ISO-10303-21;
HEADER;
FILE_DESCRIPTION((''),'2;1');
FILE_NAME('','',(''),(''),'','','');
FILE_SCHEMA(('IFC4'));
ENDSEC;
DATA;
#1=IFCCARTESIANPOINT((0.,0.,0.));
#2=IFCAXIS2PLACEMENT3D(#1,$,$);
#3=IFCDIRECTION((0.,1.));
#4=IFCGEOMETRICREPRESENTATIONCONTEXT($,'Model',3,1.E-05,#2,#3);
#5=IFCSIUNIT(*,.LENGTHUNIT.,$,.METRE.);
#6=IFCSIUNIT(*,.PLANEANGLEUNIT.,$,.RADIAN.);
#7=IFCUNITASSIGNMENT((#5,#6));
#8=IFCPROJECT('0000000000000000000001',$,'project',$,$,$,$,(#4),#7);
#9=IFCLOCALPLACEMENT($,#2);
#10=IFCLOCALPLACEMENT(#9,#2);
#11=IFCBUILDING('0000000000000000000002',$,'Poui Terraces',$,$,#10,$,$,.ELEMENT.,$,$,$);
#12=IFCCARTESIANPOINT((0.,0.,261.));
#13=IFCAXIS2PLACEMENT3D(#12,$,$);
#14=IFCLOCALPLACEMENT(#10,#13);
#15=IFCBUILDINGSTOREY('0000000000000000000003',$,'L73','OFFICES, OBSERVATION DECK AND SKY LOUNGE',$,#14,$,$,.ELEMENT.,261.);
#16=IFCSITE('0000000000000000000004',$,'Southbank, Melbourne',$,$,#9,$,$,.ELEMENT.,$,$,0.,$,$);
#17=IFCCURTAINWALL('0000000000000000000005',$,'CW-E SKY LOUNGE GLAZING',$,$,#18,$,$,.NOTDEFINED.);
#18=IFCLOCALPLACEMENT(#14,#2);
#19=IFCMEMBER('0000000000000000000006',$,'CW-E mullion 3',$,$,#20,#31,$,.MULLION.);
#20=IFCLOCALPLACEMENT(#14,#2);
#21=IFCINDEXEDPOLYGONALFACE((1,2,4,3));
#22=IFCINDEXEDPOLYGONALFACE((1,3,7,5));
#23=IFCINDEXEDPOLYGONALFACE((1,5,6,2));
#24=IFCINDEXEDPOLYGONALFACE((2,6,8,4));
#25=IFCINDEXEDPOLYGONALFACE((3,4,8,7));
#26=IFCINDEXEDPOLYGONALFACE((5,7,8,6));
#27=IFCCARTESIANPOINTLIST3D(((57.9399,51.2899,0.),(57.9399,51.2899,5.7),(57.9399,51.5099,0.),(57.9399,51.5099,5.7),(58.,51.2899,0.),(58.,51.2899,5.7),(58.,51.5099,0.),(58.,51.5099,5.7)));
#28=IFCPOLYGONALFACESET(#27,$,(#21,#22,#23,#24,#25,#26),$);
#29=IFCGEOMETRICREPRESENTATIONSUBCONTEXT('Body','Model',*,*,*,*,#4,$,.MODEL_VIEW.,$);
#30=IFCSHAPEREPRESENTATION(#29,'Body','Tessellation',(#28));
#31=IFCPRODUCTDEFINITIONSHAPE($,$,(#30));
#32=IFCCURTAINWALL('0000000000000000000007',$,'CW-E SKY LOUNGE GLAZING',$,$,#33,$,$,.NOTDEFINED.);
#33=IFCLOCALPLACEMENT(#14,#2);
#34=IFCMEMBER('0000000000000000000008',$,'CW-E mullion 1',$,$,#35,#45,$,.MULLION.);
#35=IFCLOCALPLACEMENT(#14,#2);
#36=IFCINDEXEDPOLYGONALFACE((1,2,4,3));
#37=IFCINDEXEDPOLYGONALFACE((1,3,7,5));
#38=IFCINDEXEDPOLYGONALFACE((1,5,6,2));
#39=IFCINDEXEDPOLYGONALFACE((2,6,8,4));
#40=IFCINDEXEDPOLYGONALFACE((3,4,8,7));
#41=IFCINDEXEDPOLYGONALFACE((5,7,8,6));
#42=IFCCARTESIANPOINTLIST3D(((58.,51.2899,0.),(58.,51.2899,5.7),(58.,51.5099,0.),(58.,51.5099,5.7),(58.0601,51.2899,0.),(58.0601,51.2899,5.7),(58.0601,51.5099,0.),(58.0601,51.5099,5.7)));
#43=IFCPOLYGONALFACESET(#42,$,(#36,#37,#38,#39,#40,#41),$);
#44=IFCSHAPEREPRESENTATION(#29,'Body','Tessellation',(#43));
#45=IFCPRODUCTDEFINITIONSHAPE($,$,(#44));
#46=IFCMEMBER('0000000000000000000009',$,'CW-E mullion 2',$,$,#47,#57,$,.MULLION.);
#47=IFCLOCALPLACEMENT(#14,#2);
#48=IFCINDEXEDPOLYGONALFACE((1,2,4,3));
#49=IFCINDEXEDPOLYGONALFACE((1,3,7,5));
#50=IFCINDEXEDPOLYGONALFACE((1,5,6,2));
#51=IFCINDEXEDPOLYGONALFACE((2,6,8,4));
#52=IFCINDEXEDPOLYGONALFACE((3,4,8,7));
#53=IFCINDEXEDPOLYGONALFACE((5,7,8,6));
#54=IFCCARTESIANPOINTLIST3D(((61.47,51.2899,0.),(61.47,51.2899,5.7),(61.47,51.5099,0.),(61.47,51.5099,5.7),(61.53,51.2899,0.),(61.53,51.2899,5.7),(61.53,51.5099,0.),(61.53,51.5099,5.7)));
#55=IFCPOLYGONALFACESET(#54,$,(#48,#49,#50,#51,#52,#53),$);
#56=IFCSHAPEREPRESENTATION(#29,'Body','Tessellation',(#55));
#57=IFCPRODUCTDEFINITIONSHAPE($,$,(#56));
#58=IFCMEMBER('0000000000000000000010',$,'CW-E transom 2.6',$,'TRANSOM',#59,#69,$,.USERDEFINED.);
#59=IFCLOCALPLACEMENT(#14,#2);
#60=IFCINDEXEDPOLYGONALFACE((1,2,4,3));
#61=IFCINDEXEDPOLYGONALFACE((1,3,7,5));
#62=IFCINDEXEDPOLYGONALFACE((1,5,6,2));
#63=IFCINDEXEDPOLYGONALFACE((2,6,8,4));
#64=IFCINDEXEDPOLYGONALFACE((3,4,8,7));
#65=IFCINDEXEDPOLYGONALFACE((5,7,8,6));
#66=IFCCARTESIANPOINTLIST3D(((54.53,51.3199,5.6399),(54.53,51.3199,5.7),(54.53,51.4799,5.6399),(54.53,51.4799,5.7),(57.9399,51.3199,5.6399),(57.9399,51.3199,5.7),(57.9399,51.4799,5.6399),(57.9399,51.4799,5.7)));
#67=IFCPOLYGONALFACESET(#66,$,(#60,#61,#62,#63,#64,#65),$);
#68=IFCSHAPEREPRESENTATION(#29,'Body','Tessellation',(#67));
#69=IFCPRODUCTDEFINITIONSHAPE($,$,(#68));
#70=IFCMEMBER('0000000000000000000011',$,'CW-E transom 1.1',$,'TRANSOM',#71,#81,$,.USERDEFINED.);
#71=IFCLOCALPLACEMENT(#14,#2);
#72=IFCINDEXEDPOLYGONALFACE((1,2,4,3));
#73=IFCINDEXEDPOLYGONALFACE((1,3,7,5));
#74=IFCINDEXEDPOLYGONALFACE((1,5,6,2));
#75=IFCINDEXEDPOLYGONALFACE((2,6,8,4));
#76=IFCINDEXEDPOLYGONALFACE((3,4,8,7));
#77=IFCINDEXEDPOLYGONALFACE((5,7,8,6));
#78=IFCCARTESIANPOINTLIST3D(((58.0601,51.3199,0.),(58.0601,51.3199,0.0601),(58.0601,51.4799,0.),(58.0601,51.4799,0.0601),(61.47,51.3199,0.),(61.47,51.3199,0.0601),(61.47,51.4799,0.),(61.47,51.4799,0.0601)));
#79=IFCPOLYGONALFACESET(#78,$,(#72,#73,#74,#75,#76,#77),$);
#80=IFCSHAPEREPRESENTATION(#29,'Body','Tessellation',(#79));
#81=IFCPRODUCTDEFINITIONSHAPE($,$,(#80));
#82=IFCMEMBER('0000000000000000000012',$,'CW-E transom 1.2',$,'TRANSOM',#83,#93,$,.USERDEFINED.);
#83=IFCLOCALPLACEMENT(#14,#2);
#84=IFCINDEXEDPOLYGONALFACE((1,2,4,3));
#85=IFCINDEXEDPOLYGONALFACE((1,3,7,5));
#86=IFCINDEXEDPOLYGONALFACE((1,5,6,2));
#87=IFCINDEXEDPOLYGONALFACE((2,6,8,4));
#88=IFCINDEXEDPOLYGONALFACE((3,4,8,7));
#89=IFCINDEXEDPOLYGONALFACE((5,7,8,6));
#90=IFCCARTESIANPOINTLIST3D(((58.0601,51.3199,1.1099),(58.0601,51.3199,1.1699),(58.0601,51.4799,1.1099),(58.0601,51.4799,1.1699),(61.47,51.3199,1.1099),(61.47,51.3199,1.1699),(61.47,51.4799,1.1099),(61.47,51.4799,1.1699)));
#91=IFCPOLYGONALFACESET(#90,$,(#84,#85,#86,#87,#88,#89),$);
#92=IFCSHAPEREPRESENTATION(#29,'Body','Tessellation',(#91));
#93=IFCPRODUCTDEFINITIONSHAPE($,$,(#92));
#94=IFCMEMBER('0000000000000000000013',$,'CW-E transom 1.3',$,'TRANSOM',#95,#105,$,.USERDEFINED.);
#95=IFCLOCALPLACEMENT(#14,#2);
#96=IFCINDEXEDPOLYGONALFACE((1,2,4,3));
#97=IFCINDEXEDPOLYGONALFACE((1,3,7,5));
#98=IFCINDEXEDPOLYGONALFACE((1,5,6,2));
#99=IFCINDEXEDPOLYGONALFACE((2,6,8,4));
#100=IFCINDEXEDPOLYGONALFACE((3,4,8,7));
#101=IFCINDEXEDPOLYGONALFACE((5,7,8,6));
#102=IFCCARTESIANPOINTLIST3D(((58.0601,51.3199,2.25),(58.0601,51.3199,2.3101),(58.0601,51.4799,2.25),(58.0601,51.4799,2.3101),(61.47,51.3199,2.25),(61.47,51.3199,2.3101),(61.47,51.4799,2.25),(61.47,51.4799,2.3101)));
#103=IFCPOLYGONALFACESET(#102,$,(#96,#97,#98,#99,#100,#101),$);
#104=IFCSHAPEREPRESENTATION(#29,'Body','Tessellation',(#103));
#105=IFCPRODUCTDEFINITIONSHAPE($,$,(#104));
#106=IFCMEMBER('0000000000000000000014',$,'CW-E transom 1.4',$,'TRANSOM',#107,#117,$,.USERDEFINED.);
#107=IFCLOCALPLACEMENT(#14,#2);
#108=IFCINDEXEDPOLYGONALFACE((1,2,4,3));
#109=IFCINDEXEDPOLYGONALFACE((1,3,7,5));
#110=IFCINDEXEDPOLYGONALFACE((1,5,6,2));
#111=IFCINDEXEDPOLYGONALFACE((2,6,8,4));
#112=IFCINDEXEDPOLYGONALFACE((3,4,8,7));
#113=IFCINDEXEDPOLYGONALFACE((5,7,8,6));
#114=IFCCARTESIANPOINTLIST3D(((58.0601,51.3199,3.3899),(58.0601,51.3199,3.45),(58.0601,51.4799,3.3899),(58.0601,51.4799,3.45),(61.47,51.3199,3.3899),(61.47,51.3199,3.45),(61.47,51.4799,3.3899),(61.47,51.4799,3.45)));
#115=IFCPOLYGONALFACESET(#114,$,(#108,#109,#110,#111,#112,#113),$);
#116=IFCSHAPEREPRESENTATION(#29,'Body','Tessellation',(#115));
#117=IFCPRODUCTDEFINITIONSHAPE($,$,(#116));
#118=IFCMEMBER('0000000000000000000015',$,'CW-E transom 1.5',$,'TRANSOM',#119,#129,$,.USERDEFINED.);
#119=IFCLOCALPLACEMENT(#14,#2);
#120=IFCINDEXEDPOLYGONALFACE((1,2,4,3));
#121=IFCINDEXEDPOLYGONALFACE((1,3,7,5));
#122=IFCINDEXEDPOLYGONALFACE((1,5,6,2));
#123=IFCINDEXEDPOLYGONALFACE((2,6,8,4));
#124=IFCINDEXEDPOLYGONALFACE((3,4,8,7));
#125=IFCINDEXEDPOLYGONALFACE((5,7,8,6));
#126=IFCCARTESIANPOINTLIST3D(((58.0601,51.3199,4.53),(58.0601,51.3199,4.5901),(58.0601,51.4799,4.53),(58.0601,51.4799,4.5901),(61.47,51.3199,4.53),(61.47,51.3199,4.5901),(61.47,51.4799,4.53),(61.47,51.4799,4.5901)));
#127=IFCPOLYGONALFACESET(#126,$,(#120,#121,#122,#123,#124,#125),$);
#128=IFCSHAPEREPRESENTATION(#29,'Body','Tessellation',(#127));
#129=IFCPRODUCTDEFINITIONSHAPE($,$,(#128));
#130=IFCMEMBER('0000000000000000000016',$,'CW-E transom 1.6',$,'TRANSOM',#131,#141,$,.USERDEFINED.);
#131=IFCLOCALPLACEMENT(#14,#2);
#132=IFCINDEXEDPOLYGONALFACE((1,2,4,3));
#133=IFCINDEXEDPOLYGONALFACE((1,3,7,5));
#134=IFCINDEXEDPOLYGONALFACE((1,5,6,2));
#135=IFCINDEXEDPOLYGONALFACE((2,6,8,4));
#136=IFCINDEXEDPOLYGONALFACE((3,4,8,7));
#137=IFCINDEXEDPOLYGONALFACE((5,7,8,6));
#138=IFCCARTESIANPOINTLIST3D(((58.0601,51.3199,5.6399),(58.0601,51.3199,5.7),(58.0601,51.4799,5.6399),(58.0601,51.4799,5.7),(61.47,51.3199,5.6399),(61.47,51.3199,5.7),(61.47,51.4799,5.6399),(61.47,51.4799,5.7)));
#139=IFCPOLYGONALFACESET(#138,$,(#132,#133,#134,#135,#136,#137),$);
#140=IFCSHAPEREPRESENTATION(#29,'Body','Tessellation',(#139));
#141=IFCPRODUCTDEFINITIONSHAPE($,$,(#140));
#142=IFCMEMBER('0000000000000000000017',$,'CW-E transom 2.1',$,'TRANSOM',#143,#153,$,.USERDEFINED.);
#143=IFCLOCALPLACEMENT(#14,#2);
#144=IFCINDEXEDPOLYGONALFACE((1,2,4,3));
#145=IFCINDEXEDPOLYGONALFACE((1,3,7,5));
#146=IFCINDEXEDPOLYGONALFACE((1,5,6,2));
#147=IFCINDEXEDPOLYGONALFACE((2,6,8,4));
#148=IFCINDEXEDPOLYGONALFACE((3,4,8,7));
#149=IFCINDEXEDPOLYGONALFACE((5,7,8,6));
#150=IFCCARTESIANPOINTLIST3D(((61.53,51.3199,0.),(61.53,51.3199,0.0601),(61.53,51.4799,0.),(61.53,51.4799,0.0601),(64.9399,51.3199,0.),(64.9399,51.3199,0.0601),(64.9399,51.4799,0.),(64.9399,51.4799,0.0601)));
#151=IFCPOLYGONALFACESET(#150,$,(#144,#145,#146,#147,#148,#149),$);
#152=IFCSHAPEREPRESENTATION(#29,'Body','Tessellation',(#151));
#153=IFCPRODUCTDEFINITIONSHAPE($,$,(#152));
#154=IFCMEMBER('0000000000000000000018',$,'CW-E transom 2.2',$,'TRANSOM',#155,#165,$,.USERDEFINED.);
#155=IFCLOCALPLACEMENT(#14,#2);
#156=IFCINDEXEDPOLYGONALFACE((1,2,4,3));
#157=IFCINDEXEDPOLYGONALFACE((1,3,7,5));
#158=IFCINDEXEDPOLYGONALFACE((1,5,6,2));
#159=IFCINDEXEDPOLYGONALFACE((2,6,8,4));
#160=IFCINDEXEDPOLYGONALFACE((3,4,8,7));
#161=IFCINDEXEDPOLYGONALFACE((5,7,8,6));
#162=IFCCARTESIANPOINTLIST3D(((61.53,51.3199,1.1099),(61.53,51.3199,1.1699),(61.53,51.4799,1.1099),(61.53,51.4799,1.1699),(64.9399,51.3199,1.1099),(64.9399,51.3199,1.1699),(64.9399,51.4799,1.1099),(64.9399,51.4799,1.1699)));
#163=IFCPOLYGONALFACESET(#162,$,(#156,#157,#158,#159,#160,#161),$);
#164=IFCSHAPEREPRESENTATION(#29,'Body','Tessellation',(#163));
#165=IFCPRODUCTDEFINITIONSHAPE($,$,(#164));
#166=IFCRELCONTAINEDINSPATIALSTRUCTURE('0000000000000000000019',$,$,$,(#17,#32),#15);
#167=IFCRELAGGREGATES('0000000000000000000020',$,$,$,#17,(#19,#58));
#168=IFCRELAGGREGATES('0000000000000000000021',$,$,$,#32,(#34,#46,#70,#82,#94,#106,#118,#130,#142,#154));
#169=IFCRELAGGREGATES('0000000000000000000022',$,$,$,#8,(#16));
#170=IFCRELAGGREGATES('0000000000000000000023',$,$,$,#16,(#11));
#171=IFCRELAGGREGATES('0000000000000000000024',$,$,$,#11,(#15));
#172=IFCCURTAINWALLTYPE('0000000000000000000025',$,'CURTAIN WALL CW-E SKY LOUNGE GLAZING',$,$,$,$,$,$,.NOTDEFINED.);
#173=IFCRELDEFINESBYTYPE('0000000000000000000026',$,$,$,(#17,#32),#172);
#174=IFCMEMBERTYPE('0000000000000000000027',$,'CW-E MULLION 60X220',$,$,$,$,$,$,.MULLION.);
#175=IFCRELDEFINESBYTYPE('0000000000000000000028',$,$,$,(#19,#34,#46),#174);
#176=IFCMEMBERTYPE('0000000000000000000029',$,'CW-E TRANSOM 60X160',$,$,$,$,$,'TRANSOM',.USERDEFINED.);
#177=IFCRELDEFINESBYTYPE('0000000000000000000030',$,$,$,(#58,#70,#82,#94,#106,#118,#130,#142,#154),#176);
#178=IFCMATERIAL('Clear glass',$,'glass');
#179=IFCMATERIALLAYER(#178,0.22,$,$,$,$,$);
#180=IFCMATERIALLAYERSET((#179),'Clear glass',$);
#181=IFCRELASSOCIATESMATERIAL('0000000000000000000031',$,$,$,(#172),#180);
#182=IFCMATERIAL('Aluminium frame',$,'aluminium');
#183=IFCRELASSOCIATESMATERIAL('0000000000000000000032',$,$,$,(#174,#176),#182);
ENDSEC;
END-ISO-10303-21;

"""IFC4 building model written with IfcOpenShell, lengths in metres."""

from ifc_helpers import new_model, si_unit, direction, frame, origin, origin_2d, place, context, subcontext, project, spatial, rectangle, extrude, material, layer, layer_set, material_profile, profile_set, type_object, element, aggregate, save


model = new_model("IFC4")

# Units and contexts
model_context = context("Model", 3, precision=1e-05, world=origin(), true_north=direction((0.0, 1.0)))
body_context = subcontext(model_context, "Body", "Model", "MODEL_VIEW")
ifc_project = project(units=[si_unit("LENGTHUNIT", "METRE"), si_unit("PLANEANGLEUNIT", "RADIAN")], contexts=[model_context])

# Site, building, storey
site_placement = place(None, origin())
site = spatial("IfcSite", under=ifc_project, at=site_placement, Name="Southbank, Melbourne", CompositionType="ELEMENT", RefElevation=0.0)
building_placement = place(site_placement, origin())
building = spatial("IfcBuilding", under=site, at=building_placement, Name="Poui Terraces", CompositionType="ELEMENT")
storey_placement = place(building_placement, frame((0.0, 0.0, 261.0)))
storey = spatial("IfcBuildingStorey", under=building, at=storey_placement, Name="L73", Description="OFFICES, OBSERVATION DECK AND SKY LOUNGE", CompositionType="ELEMENT", Elevation=261.0)

# Curtain wall, member
ifc_material_1 = material(Name="Clear glass", Category="glass")
ifc_layer_1 = layer(ifc_material_1, 0.22)
ifc_layer_set_1 = layer_set([ifc_layer_1], Name="Clear glass")
curtain_wall_type = type_object("IfcCurtainWallType", Name="CURTAIN WALL CW-E SKY LOUNGE GLAZING", PredefinedType="NOTDEFINED", material=ifc_layer_set_1)
curtain_wall_1_placement = place(storey_placement, origin())
curtain_wall_1 = element("IfcCurtainWall", 1, at=curtain_wall_1_placement, inside=storey, type_object=curtain_wall_type, Name="CW-E SKY LOUNGE GLAZING", PredefinedType="NOTDEFINED")
ifc_material_2 = material(Name="Aluminium frame", Category="aluminium")
ifc_material_profile_1 = material_profile(ifc_material_2, rectangle(XDim=0.22, YDim=0.0601, at=origin_2d()), Name="CW-E MULLION 60X220")
ifc_profile_set_1 = profile_set([ifc_material_profile_1], Name="Aluminium frame")
member_type_1 = type_object("IfcMemberType", Name="CW-E MULLION 60X220", PredefinedType="MULLION", material=ifc_profile_set_1)
member_1_placement = place(storey_placement, frame((57.97, 51.3999, 0.0), z_axis=(0.0, 0.0, 1.0), x_axis=(0.0, 1.0, 0.0)))
member_1 = element("IfcMember", 2, at=member_1_placement, type_object=member_type_1, Name="CW-E mullion 3", PredefinedType="MULLION", context=body_context, shape_type="SweptSolid", body=[
    extrude(rectangle(XDim=0.22, YDim=0.0601, at=origin_2d()), origin(), (0.0, 0.0, 1.0), 5.7),
])

# Curtain wall, members
curtain_wall_2_placement = place(storey_placement, origin())
curtain_wall_2 = element("IfcCurtainWall", 3, at=curtain_wall_2_placement, inside=storey, type_object=curtain_wall_type, Name="CW-E SKY LOUNGE GLAZING", PredefinedType="NOTDEFINED")
member_2_placement = place(storey_placement, frame((58.03, 51.3999, 0.0), z_axis=(0.0, 0.0, 1.0), x_axis=(0.0, 1.0, 0.0)))
member_2 = element("IfcMember", 4, at=member_2_placement, type_object=member_type_1, Name="CW-E mullion 1", PredefinedType="MULLION", context=body_context, shape_type="SweptSolid", body=[
    extrude(rectangle(XDim=0.22, YDim=0.0601, at=origin_2d()), origin(), (0.0, 0.0, 1.0), 5.7),
])
member_3_placement = place(storey_placement, frame((61.5, 51.3999, 0.0), z_axis=(0.0, 0.0, 1.0), x_axis=(0.0, 1.0, 0.0)))
member_3 = element("IfcMember", 5, at=member_3_placement, type_object=member_type_1, Name="CW-E mullion 2", PredefinedType="MULLION", context=body_context, shape_type="SweptSolid", body=[
    extrude(rectangle(XDim=0.22, YDim=0.0601, at=origin_2d()), origin(), (0.0, 0.0, 1.0), 5.7),
])

# Members
ifc_material_profile_2 = material_profile(ifc_material_2, rectangle(XDim=0.1599, YDim=0.0601, at=origin_2d()), Name="CW-E TRANSOM 60X160")
ifc_profile_set_2 = profile_set([ifc_material_profile_2], Name="Aluminium frame")
member_type_2 = type_object("IfcMemberType", Name="CW-E TRANSOM 60X160", ElementType="TRANSOM", PredefinedType="USERDEFINED", material=ifc_profile_set_2)
member_4_placement = place(storey_placement, frame((54.53, 51.3999, 5.6699), z_axis=(1.0, 0.0, 0.0), x_axis=(0.0, 1.0, 0.0)))
member_4 = element("IfcMember", 6, at=member_4_placement, type_object=member_type_2, Name="CW-E transom 2.6", ObjectType="TRANSOM", PredefinedType="USERDEFINED", context=body_context, shape_type="SweptSolid", body=[
    extrude(rectangle(XDim=0.1599, YDim=0.0601, at=origin_2d()), origin(), (0.0, 0.0, 1.0), 3.4099),
])
member_5_placement = place(storey_placement, frame((58.0601, 51.3999, 0.03), z_axis=(1.0, 0.0, 0.0), x_axis=(0.0, 1.0, 0.0)))
member_5 = element("IfcMember", 7, at=member_5_placement, type_object=member_type_2, Name="CW-E transom 1.1", ObjectType="TRANSOM", PredefinedType="USERDEFINED", context=body_context, shape_type="SweptSolid", body=[
    extrude(rectangle(XDim=0.1599, YDim=0.0601, at=origin_2d()), origin(), (0.0, 0.0, 1.0), 3.4099),
])
member_6_placement = place(storey_placement, frame((58.0601, 51.3999, 1.1399), z_axis=(1.0, 0.0, 0.0), x_axis=(0.0, 1.0, 0.0)))
member_6 = element("IfcMember", 8, at=member_6_placement, type_object=member_type_2, Name="CW-E transom 1.2", ObjectType="TRANSOM", PredefinedType="USERDEFINED", context=body_context, shape_type="SweptSolid", body=[
    extrude(rectangle(XDim=0.1599, YDim=0.0601, at=origin_2d()), origin(), (0.0, 0.0, 1.0), 3.4099),
])
member_7_placement = place(storey_placement, frame((58.0601, 51.3999, 2.28), z_axis=(1.0, 0.0, 0.0), x_axis=(0.0, 1.0, 0.0)))
member_7 = element("IfcMember", 9, at=member_7_placement, type_object=member_type_2, Name="CW-E transom 1.3", ObjectType="TRANSOM", PredefinedType="USERDEFINED", context=body_context, shape_type="SweptSolid", body=[
    extrude(rectangle(XDim=0.1599, YDim=0.0601, at=origin_2d()), origin(), (0.0, 0.0, 1.0), 3.4099),
])
member_8_placement = place(storey_placement, frame((58.0601, 51.3999, 3.4199), z_axis=(1.0, 0.0, 0.0), x_axis=(0.0, 1.0, 0.0)))
member_8 = element("IfcMember", 10, at=member_8_placement, type_object=member_type_2, Name="CW-E transom 1.4", ObjectType="TRANSOM", PredefinedType="USERDEFINED", context=body_context, shape_type="SweptSolid", body=[
    extrude(rectangle(XDim=0.1599, YDim=0.0601, at=origin_2d()), origin(), (0.0, 0.0, 1.0), 3.4099),
])
member_9_placement = place(storey_placement, frame((58.0601, 51.3999, 4.5601), z_axis=(1.0, 0.0, 0.0), x_axis=(0.0, 1.0, 0.0)))
member_9 = element("IfcMember", 11, at=member_9_placement, type_object=member_type_2, Name="CW-E transom 1.5", ObjectType="TRANSOM", PredefinedType="USERDEFINED", context=body_context, shape_type="SweptSolid", body=[
    extrude(rectangle(XDim=0.1599, YDim=0.0601, at=origin_2d()), origin(), (0.0, 0.0, 1.0), 3.4099),
])
member_10_placement = place(storey_placement, frame((58.0601, 51.3999, 5.6699), z_axis=(1.0, 0.0, 0.0), x_axis=(0.0, 1.0, 0.0)))
member_10 = element("IfcMember", 12, at=member_10_placement, type_object=member_type_2, Name="CW-E transom 1.6", ObjectType="TRANSOM", PredefinedType="USERDEFINED", context=body_context, shape_type="SweptSolid", body=[
    extrude(rectangle(XDim=0.1599, YDim=0.0601, at=origin_2d()), origin(), (0.0, 0.0, 1.0), 3.4099),
])
member_11_placement = place(storey_placement, frame((61.53, 51.3999, 0.03), z_axis=(1.0, 0.0, 0.0), x_axis=(0.0, 1.0, 0.0)))
member_11 = element("IfcMember", 13, at=member_11_placement, type_object=member_type_2, Name="CW-E transom 2.1", ObjectType="TRANSOM", PredefinedType="USERDEFINED", context=body_context, shape_type="SweptSolid", body=[
    extrude(rectangle(XDim=0.1599, YDim=0.0601, at=origin_2d()), origin(), (0.0, 0.0, 1.0), 3.4099),
])
member_12_placement = place(storey_placement, frame((61.53, 51.3999, 1.1399), z_axis=(1.0, 0.0, 0.0), x_axis=(0.0, 1.0, 0.0)))
member_12 = element("IfcMember", 14, at=member_12_placement, type_object=member_type_2, Name="CW-E transom 2.2", ObjectType="TRANSOM", PredefinedType="USERDEFINED", context=body_context, shape_type="SweptSolid", body=[
    extrude(rectangle(XDim=0.1599, YDim=0.0601, at=origin_2d()), origin(), (0.0, 0.0, 1.0), 3.4099),
])

aggregate(curtain_wall_1, [member_1, member_4])
aggregate(curtain_wall_2, [member_2, member_3, member_5, member_6, member_7, member_8, member_9, member_10, member_11, member_12])

save(model, "model.ifc")
